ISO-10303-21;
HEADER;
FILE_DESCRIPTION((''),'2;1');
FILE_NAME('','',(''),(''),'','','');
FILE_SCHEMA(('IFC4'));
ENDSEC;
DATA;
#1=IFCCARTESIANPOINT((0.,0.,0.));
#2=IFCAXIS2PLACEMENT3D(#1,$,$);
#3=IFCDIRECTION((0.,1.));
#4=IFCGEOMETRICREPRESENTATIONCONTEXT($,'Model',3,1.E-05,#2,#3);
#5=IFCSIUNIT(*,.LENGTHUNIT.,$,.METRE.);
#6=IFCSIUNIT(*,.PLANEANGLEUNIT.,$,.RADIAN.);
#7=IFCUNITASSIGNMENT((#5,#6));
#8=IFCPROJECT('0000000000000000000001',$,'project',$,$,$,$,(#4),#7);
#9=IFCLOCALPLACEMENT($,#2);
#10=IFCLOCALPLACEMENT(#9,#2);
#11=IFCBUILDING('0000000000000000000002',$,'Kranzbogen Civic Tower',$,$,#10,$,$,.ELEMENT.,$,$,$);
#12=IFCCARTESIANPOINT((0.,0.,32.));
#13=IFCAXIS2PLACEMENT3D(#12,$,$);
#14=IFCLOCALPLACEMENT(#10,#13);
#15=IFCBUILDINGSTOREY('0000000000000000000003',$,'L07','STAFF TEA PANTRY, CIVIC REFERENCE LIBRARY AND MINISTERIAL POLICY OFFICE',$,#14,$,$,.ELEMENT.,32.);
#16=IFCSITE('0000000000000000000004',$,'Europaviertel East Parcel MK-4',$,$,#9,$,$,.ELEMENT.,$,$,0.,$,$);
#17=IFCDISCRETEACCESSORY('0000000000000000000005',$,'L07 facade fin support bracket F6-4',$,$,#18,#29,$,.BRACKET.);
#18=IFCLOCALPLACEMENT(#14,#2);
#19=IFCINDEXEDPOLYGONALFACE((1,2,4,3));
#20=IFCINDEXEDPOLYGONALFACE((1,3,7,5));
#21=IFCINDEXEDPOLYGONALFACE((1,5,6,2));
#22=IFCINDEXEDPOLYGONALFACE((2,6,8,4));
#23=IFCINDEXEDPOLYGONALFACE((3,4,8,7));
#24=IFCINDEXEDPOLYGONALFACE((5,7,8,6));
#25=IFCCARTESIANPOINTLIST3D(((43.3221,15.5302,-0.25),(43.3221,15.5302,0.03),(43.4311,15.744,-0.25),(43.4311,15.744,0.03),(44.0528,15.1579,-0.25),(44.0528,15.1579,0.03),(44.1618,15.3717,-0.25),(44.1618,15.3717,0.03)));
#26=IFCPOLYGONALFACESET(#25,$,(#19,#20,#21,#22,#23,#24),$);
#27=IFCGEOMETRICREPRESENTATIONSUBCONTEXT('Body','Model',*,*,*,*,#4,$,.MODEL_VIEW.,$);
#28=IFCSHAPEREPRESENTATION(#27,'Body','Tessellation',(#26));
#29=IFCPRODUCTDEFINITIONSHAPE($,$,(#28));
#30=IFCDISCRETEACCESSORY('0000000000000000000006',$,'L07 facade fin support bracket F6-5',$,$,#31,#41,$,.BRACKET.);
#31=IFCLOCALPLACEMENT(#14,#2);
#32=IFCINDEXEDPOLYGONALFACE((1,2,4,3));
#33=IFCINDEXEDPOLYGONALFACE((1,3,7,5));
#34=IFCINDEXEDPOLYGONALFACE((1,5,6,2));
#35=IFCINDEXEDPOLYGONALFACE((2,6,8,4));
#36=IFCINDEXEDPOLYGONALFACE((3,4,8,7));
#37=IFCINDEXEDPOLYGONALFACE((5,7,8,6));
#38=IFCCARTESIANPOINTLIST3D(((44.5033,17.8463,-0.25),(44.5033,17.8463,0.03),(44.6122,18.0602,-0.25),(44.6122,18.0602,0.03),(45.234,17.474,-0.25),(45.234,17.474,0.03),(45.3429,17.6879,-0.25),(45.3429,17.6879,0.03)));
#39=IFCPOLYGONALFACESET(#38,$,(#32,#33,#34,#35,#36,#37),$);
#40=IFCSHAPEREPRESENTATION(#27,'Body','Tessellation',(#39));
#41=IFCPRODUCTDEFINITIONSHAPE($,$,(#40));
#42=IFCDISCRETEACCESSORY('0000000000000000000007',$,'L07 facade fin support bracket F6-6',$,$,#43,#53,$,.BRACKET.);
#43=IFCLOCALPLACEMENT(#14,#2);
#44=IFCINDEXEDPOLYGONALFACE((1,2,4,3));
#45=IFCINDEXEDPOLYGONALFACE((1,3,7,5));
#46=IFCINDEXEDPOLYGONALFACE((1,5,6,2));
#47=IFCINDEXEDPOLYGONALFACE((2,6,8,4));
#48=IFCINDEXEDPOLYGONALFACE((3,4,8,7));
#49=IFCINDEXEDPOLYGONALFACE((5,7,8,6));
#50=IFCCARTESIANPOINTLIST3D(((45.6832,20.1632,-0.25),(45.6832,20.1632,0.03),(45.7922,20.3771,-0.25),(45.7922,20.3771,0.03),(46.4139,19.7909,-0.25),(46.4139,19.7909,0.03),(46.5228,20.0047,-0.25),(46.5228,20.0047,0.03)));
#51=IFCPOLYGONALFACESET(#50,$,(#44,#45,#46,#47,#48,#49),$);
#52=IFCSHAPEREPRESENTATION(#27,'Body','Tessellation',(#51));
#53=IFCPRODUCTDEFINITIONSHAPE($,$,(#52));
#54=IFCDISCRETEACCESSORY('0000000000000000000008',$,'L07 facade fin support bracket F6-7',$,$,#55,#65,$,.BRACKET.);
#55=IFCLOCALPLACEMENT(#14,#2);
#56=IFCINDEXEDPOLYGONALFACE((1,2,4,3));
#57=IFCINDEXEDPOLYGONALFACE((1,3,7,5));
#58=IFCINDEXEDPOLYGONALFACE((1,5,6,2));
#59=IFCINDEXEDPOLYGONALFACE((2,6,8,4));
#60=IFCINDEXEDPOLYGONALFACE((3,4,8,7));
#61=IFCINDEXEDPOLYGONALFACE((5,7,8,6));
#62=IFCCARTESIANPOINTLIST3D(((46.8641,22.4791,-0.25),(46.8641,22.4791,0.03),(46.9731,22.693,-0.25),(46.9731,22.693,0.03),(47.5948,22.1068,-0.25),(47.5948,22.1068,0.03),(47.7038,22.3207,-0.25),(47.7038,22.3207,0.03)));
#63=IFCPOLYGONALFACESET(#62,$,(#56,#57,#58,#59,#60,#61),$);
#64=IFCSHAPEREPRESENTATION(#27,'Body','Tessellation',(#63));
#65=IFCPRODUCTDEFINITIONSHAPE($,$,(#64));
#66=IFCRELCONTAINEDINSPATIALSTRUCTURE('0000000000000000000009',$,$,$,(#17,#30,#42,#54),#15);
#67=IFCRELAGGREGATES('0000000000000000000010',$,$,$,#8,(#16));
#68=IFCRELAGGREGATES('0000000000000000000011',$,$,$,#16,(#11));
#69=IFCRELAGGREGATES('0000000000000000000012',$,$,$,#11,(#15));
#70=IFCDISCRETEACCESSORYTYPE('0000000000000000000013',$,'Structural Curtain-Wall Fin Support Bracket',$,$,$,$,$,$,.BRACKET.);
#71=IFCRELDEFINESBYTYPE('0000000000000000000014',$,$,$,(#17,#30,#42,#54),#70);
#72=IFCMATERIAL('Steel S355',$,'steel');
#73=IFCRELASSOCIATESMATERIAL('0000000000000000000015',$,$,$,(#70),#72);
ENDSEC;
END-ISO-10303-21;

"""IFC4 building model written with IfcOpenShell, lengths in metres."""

from ifc_helpers import new_model, si_unit, direction, frame, origin, origin_2d, place, context, subcontext, project, spatial, rectangle, extrude, material, type_object, element, save


model = new_model("IFC4")

# Units and contexts
model_context = context("Model", 3, precision=1e-05, world=origin(), true_north=direction((0.0, 1.0)))
body_context = subcontext(model_context, "Body", "Model", "MODEL_VIEW")
ifc_project = project(units=[si_unit("LENGTHUNIT", "METRE"), si_unit("PLANEANGLEUNIT", "RADIAN")], contexts=[model_context])

# Site, building, storey
site_placement = place(None, origin())
site = spatial("IfcSite", under=ifc_project, at=site_placement, Name="Europaviertel East Parcel MK-4", CompositionType="ELEMENT", RefElevation=0.0)
building_placement = place(site_placement, origin())
building = spatial("IfcBuilding", under=site, at=building_placement, Name="Kranzbogen Civic Tower", CompositionType="ELEMENT")
storey_placement = place(building_placement, frame((0.0, 0.0, 32.0)))
storey = spatial("IfcBuildingStorey", under=building, at=storey_placement, Name="L07", Description="STAFF TEA PANTRY, CIVIC REFERENCE LIBRARY AND MINISTERIAL POLICY OFFICE", CompositionType="ELEMENT", Elevation=32.0)

# Shared definitions
ifc_material_1 = material(Name="Steel S355", Category="steel")

# Discrete accessories
discrete_accessory_type = type_object("IfcDiscreteAccessoryType", Name="Structural Curtain-Wall Fin Support Bracket", PredefinedType="BRACKET", material=ifc_material_1)
for number, where, z_axis, x_axis, name in (
    (1, (43.7419, 15.4509, -0.25), (0.0, 0.0, 1.0), (0.891007, -0.45399, 0.0), "L07 facade fin support bracket F6-4"),
    (2, (44.9231, 17.7671, -0.25), (0.0, 0.0, 1.0), (0.891007, -0.45399, 0.0), "L07 facade fin support bracket F6-5"),
    (3, (46.103, 20.084, -0.25), (0.0, 0.0, 1.0), (0.891007, -0.45399, 0.0), "L07 facade fin support bracket F6-6"),
    (4, (47.2839, 22.3999, -0.25), (0.0, 0.0, 1.0), (0.891007, -0.45399, 0.0), "L07 facade fin support bracket F6-7"),
):
    element("IfcDiscreteAccessory", number, at=place(storey_placement, frame(where, z_axis=z_axis, x_axis=x_axis)), inside=storey, type_object=discrete_accessory_type, Name=name, PredefinedType="BRACKET", context=body_context, shape_type="SweptSolid", body=[
        extrude(rectangle(XDim=0.8201, YDim=0.24, at=origin_2d()), origin(), (0.0, 0.0, 1.0), 0.28),
    ])

save(model, "model.ifc")
